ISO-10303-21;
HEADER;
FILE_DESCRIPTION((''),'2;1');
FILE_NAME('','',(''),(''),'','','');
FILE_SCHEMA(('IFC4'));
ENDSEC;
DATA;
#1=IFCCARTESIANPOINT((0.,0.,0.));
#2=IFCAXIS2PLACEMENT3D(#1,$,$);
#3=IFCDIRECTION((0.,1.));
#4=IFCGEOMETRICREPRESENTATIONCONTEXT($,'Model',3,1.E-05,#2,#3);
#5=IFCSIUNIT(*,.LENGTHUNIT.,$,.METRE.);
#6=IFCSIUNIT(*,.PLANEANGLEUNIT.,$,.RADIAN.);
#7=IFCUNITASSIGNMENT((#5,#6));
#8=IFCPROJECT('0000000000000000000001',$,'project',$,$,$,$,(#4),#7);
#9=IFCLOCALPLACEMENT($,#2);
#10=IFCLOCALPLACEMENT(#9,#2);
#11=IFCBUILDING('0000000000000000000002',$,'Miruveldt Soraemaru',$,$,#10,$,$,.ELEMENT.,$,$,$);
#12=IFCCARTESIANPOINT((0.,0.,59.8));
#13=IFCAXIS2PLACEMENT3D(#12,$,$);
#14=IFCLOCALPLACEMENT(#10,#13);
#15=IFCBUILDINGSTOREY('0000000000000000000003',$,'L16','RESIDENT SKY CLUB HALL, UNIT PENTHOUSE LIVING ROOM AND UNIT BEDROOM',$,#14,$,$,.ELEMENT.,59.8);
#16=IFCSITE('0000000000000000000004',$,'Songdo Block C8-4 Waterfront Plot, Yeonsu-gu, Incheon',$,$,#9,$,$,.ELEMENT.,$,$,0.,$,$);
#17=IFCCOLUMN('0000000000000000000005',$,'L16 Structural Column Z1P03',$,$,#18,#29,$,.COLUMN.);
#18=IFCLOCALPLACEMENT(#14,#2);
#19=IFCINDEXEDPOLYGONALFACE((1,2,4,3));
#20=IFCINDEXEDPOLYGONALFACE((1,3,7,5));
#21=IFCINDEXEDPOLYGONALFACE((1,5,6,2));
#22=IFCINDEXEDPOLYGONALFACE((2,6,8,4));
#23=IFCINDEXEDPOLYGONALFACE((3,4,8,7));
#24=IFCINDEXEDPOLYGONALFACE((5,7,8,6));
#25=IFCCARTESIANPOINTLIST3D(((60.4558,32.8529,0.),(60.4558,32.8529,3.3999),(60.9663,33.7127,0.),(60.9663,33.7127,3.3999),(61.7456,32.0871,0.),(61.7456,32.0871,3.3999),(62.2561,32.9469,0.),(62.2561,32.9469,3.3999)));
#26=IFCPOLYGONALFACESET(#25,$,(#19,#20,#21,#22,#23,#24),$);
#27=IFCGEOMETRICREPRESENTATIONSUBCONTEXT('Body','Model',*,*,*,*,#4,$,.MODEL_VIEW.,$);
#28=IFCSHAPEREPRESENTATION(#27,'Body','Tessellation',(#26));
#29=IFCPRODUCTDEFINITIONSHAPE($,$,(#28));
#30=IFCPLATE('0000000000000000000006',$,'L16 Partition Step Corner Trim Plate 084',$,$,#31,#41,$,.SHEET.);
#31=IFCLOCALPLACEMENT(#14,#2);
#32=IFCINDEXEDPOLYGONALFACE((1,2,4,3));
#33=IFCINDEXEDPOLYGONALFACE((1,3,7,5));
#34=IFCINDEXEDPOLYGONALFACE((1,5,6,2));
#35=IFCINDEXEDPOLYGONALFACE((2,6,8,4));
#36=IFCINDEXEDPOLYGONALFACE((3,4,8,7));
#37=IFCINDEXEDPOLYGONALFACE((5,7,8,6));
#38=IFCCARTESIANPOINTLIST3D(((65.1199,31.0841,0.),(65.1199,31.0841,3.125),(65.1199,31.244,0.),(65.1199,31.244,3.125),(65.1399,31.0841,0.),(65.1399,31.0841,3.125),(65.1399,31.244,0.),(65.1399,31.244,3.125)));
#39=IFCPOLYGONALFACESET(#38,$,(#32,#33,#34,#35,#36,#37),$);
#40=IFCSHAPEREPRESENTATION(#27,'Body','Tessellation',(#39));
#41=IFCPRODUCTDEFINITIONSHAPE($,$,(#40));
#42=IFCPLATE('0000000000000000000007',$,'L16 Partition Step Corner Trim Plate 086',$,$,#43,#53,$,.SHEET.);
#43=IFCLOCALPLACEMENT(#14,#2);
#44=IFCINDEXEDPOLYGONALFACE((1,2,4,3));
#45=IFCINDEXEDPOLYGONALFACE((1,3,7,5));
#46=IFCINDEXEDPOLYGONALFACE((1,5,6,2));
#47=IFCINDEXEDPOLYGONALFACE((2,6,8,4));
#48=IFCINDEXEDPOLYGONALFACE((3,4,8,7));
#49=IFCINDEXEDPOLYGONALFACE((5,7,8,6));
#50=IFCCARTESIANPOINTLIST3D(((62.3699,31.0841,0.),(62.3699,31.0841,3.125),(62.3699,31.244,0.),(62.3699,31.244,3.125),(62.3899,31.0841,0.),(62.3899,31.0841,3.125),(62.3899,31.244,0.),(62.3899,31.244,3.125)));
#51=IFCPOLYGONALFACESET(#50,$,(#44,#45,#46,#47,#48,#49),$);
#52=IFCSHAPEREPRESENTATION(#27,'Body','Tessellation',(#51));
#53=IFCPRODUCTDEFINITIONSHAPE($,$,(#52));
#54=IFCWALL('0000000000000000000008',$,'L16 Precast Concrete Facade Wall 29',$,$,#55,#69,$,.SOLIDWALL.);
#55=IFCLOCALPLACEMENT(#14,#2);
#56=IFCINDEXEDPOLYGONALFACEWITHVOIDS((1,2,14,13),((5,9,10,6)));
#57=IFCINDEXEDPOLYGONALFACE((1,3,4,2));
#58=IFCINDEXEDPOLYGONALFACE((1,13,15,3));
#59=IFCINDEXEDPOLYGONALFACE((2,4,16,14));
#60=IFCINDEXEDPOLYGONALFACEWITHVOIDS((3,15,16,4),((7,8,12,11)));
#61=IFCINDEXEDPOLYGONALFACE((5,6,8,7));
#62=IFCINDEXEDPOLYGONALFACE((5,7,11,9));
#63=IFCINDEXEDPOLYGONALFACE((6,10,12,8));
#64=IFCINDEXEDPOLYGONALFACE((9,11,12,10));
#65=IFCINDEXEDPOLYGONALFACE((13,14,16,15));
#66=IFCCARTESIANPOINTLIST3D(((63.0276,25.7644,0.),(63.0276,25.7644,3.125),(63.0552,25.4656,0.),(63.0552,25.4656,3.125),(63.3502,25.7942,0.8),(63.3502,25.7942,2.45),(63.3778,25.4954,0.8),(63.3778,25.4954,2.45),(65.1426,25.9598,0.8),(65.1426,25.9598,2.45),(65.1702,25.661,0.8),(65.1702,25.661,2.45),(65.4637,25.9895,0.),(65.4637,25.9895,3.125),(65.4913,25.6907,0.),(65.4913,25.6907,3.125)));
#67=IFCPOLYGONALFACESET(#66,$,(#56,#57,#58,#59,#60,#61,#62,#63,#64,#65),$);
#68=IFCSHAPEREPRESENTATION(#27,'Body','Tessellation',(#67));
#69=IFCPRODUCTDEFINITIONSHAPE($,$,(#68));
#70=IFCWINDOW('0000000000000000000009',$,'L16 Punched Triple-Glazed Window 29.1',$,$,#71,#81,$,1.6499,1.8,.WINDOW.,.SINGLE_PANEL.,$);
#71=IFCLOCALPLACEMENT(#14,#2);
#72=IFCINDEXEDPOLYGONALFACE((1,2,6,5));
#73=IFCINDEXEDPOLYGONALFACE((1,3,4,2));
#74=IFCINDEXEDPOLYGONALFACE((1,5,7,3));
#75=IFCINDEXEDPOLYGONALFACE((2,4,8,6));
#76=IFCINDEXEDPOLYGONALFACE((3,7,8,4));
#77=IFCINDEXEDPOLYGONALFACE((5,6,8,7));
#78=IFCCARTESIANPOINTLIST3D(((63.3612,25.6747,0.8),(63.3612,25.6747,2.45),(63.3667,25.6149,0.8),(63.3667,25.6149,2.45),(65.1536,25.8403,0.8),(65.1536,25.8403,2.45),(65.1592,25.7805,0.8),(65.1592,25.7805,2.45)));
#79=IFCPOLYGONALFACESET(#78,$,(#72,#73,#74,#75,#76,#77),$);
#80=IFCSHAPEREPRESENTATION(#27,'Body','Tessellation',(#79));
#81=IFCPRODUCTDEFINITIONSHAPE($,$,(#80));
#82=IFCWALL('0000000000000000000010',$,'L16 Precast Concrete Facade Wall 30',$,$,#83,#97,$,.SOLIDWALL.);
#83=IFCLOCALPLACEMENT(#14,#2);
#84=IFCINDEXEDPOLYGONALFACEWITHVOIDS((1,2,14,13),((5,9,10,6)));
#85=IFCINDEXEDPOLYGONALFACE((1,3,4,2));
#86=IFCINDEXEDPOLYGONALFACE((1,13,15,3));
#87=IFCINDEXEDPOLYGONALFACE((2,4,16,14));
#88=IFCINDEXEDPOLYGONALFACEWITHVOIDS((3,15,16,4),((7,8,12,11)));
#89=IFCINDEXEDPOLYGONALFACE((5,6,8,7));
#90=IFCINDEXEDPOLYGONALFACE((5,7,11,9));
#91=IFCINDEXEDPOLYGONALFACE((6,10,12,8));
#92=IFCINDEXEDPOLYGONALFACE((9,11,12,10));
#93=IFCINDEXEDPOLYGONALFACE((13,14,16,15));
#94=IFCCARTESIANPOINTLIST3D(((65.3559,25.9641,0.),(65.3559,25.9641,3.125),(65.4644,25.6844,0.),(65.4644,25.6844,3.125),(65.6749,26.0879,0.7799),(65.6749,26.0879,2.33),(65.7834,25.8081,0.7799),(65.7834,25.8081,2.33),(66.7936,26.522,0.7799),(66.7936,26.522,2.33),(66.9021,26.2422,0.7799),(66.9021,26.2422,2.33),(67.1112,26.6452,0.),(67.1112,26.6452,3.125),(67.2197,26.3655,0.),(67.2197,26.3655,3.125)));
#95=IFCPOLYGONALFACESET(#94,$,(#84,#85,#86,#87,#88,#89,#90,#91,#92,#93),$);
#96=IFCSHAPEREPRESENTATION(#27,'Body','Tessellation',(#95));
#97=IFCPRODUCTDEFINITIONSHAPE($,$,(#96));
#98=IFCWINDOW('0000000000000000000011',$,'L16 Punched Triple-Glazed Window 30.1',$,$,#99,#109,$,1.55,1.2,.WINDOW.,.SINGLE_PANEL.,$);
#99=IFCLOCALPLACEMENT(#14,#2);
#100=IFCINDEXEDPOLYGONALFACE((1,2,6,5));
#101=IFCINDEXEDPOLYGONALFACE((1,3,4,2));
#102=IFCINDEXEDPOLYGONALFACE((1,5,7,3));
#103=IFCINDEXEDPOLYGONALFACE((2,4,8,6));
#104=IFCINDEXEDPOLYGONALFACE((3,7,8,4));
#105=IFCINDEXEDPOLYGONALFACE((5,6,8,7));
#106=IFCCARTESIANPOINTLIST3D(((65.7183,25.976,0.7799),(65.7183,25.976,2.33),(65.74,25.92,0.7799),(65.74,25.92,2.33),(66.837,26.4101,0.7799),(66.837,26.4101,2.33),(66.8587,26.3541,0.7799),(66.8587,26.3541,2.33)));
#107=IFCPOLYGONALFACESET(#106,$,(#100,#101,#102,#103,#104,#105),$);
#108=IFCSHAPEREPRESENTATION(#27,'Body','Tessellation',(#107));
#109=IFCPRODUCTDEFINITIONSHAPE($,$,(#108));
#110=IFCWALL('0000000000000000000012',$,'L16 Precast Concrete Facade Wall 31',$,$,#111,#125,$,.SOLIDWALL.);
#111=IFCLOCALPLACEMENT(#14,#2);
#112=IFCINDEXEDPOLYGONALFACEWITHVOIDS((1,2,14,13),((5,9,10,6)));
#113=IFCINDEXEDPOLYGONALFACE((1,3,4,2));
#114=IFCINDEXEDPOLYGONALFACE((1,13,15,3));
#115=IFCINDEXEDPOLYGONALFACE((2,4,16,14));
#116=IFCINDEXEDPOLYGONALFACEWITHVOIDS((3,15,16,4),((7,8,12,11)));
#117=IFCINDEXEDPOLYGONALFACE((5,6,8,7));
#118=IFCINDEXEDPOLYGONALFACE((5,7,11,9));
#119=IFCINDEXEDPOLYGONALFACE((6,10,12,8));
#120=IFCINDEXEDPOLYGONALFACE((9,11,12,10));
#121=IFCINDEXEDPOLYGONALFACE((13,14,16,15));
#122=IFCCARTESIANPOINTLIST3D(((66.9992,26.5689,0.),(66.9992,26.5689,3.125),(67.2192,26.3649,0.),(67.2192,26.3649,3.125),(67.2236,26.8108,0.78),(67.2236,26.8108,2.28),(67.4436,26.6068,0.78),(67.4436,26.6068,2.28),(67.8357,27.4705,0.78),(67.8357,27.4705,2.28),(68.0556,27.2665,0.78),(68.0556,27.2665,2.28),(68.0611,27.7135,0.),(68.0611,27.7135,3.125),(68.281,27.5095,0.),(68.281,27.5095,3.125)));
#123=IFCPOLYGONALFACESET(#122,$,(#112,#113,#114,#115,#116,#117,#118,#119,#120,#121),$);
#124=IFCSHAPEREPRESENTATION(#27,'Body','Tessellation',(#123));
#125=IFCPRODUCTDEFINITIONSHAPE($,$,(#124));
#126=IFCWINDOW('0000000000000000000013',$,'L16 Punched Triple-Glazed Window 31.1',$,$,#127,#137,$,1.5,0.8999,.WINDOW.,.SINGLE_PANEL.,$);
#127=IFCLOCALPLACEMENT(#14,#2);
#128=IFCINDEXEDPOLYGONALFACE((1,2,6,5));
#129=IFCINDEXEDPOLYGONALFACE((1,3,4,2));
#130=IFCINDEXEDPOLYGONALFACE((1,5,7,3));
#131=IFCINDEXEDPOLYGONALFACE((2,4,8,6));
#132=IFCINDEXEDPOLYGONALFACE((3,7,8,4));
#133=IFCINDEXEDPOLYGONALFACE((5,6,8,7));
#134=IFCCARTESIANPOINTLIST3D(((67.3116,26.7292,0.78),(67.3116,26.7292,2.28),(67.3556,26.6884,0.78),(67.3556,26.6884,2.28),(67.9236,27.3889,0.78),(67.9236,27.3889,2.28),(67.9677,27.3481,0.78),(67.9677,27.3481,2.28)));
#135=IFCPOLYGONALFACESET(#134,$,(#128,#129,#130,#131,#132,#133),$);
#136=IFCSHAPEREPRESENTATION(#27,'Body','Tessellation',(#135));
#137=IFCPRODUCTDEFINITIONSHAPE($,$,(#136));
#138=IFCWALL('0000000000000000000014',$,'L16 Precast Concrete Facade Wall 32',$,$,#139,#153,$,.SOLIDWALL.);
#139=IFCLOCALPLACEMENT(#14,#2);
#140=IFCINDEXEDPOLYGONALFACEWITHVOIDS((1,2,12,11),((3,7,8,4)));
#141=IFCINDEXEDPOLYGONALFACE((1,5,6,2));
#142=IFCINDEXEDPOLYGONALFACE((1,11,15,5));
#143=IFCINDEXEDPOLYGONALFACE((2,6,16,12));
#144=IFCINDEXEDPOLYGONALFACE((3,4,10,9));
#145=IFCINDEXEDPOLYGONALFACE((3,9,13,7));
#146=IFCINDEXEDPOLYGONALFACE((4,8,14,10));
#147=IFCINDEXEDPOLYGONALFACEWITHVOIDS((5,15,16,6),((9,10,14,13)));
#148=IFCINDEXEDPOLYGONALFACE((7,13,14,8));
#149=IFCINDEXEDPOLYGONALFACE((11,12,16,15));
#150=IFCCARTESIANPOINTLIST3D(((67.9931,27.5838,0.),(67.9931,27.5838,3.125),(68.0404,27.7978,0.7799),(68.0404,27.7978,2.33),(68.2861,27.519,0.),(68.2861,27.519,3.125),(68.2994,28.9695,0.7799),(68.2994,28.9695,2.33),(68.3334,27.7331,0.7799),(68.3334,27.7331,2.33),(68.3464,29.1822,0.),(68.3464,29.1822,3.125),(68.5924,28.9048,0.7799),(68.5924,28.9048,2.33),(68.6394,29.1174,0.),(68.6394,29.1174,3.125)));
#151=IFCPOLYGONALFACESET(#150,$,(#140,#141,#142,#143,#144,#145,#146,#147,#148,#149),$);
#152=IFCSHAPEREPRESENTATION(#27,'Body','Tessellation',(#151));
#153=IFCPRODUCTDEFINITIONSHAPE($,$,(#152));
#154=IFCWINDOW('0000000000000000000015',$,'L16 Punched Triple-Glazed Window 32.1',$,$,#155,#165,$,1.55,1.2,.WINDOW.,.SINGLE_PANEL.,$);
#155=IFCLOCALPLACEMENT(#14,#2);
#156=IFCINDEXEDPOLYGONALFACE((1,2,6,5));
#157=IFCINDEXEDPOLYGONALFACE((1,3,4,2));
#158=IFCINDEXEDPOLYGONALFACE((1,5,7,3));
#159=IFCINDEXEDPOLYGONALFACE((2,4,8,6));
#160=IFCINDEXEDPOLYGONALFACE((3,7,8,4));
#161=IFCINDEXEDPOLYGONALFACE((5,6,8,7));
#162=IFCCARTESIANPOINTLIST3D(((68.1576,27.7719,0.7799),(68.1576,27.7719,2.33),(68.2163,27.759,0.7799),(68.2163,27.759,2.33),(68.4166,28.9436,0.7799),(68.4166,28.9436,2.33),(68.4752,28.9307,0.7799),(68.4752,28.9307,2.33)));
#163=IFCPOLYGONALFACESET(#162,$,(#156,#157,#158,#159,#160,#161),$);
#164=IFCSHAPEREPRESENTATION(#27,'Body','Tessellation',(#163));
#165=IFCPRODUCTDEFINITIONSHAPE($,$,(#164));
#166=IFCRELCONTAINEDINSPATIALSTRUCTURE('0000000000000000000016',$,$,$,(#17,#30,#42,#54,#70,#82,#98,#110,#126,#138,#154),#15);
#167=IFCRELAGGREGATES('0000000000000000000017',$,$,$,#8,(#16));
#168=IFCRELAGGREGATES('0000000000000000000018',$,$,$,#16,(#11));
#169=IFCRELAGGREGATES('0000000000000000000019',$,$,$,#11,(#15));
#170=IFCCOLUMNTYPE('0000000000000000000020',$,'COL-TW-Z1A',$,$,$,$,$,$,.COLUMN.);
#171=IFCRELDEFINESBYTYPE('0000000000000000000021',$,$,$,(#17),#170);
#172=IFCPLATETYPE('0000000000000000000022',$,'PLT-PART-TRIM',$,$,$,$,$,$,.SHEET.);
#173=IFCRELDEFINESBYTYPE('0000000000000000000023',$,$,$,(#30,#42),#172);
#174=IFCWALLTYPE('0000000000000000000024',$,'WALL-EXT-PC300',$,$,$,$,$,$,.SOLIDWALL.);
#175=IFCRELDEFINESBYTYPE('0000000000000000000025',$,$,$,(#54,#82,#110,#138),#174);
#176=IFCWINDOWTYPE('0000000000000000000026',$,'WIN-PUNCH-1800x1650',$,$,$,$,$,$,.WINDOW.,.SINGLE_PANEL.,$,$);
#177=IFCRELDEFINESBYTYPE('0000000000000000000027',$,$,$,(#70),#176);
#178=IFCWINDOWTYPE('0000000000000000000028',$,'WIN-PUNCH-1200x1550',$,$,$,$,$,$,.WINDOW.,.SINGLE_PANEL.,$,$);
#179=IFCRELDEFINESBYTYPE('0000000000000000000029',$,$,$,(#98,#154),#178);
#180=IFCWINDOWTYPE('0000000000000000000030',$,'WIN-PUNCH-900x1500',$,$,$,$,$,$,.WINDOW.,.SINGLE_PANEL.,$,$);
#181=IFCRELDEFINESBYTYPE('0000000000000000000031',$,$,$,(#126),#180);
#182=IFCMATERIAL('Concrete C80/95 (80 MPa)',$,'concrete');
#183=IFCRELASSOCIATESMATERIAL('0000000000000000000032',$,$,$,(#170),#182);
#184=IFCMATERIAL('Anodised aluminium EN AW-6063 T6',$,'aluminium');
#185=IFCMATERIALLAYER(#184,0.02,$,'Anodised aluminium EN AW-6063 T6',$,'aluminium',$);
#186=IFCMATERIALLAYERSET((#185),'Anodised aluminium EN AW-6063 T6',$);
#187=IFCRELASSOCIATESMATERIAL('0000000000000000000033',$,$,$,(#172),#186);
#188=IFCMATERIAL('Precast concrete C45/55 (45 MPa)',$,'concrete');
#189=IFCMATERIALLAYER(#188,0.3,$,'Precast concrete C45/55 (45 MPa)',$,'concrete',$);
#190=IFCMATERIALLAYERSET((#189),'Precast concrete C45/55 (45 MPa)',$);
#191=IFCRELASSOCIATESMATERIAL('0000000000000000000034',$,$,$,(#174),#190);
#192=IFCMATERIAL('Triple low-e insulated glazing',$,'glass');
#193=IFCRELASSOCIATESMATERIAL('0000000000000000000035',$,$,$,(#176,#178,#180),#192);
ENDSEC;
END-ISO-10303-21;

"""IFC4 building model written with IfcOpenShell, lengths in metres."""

from ifc_helpers import new_model, si_unit, direction, frame, frame_2d, origin, origin_2d, place, context, subcontext, project, spatial, rectangle, extrude, material, layer, layer_set, material_profile, profile_set, type_object, element, fill, save


model = new_model("IFC4")

# Units and contexts
model_context = context("Model", 3, precision=1e-05, world=origin(), true_north=direction((0.0, 1.0)))
body_context = subcontext(model_context, "Body", "Model", "MODEL_VIEW")
ifc_project = project(units=[si_unit("LENGTHUNIT", "METRE"), si_unit("PLANEANGLEUNIT", "RADIAN")], contexts=[model_context])

# Site, building, storey
site_placement = place(None, origin())
site = spatial("IfcSite", under=ifc_project, at=site_placement, Name="Songdo Block C8-4 Waterfront Plot, Yeonsu-gu, Incheon", CompositionType="ELEMENT", RefElevation=0.0)
building_placement = place(site_placement, origin())
building = spatial("IfcBuilding", under=site, at=building_placement, Name="Miruveldt Soraemaru", CompositionType="ELEMENT")
storey_placement = place(building_placement, frame((0.0, 0.0, 59.8)))
storey = spatial("IfcBuildingStorey", under=building, at=storey_placement, Name="L16", Description="RESIDENT SKY CLUB HALL, UNIT PENTHOUSE LIVING ROOM AND UNIT BEDROOM", CompositionType="ELEMENT", Elevation=59.8)

# Column
ifc_material_1 = material(Name="Concrete C80/95 (80 MPa)", Category="concrete")
ifc_material_profile = material_profile(ifc_material_1, rectangle(XDim=1.5, YDim=1.0, at=origin_2d()), Name="Concrete C80/95 (80 MPa)", Category="concrete")
ifc_profile_set = profile_set([ifc_material_profile], Name="Concrete C80/95 (80 MPa)")
column_type = type_object("IfcColumnType", Name="COL-TW-Z1A", PredefinedType="COLUMN", material=ifc_profile_set)
column_placement = place(storey_placement, frame((61.356, 32.8999, 0.0), z_axis=(0.0, 0.0, 1.0), x_axis=(-0.859852, 0.510543, 0.0)))
element("IfcColumn", 1, at=column_placement, inside=storey, type_object=column_type, Name="L16 Structural Column Z1P03", PredefinedType="COLUMN", context=body_context, shape_type="SweptSolid", body=[
    extrude(rectangle(XDim=1.5, YDim=1.0, at=origin_2d()), origin(), (0.0, 0.0, 1.0), 3.3999),
])

# Plates
ifc_material_2 = material(Name="Anodised aluminium EN AW-6063 T6", Category="aluminium")
ifc_layer_1 = layer(ifc_material_2, 0.02, Name="Anodised aluminium EN AW-6063 T6", Category="aluminium")
ifc_layer_set_1 = layer_set([ifc_layer_1], Name="Anodised aluminium EN AW-6063 T6")
plate_type = type_object("IfcPlateType", Name="PLT-PART-TRIM", PredefinedType="SHEET", material=ifc_layer_set_1)
for number, where, z_axis, x_axis, name in (
    (2, (65.1299, 31.1641, 0.0), (0.0, 0.0, 1.0), (0.0, 1.0, 0.0), "L16 Partition Step Corner Trim Plate 084"),
    (3, (62.3799, 31.1641, 0.0), (0.0, 0.0, 1.0), (0.0, -1.0, 0.0), "L16 Partition Step Corner Trim Plate 086"),
):
    element("IfcPlate", number, at=place(storey_placement, frame(where, z_axis=z_axis, x_axis=x_axis)), inside=storey, type_object=plate_type, Name=name, PredefinedType="SHEET", context=body_context, shape_type="SweptSolid", body=[
        extrude(rectangle(XDim=0.1599, YDim=0.02, at=origin_2d()), origin(), (0.0, 0.0, 1.0), 3.125),
    ])

# Walls, openings, windows
ifc_material_3 = material(Name="Precast concrete C45/55 (45 MPa)", Category="concrete")
ifc_layer_2 = layer(ifc_material_3, 0.3, Name="Precast concrete C45/55 (45 MPa)", Category="concrete")
ifc_layer_set_2 = layer_set([ifc_layer_2], Name="Precast concrete C45/55 (45 MPa)")
wall_type_1 = type_object("IfcWallType", Name="WALL-EXT-PC300", PredefinedType="SOLIDWALL", material=ifc_layer_set_2)
wall_1_placement = place(storey_placement, frame((63.0415, 25.615, 0.0), z_axis=(0.0, 0.0, 1.0), x_axis=(0.995758, 0.092011, 0.0)))
wall_1 = element("IfcWall", 4, at=wall_1_placement, inside=storey, type_object=wall_type_1, Name="L16 Precast Concrete Facade Wall 29", PredefinedType="SOLIDWALL", context=body_context, shape_type="SweptSolid", body=[
    extrude(rectangle(XDim=2.4465, YDim=0.3, at=frame_2d((1.2231, 0.0))), origin(), (0.0, 0.0, 1.0), 3.125),
])
opening_1_placement = place(wall_1_placement, frame((0.324, 0.0, 0.8)))
opening_1 = element("IfcOpeningElement", 5, at=opening_1_placement, cuts=wall_1, PredefinedType="OPENING", context=body_context, shape_type="SweptSolid", body=[
    extrude(rectangle(XDim=1.8, YDim=1.6499, at=frame_2d((0.8999, 0.825))), frame((0.0, 0.1602, 0.0), z_axis=(0.0, -1.0, 0.0), x_axis=(1.0, 0.0, 0.0)), (0.0, 0.0, 1.0), 0.3201),
])
ifc_material_4 = material(Name="Triple low-e insulated glazing", Category="glass")
window_type_1 = type_object("IfcWindowType", Name="WIN-PUNCH-1800x1650", PartitioningType="SINGLE_PANEL", PredefinedType="WINDOW", material=ifc_material_4)
window_1_placement = place(opening_1_placement, origin())
window_1 = element("IfcWindow", 6, at=window_1_placement, inside=storey, type_object=window_type_1, Name="L16 Punched Triple-Glazed Window 29.1", OverallHeight=1.6499, OverallWidth=1.8, PartitioningType="SINGLE_PANEL", PredefinedType="WINDOW", context=body_context, shape_type="SweptSolid", body=[
    extrude(rectangle(XDim=1.8, YDim=1.6499, at=frame_2d((0.8999, 0.825))), frame((0.0, 0.03, 0.0), z_axis=(0.0, -1.0, 0.0), x_axis=(1.0, 0.0, 0.0)), (0.0, 0.0, 1.0), 0.0601),
])
fill(opening_1, window_1)
wall_2_placement = place(storey_placement, frame((65.4102, 25.8242, 0.0), z_axis=(0.0, 0.0, 1.0), x_axis=(0.932272, 0.361758, 0.0)))
wall_2 = element("IfcWall", 7, at=wall_2_placement, inside=storey, type_object=wall_type_1, Name="L16 Precast Concrete Facade Wall 30", PredefinedType="SOLIDWALL", context=body_context, shape_type="SweptSolid", body=[
    extrude(rectangle(XDim=1.8828, YDim=0.3, at=frame_2d((0.9414, 0.0))), origin(), (0.0, 0.0, 1.0), 3.125),
])
opening_2_placement = place(wall_2_placement, frame((0.342, 0.0, 0.78)))
opening_2 = element("IfcOpeningElement", 8, at=opening_2_placement, cuts=wall_2, PredefinedType="OPENING", context=body_context, shape_type="SweptSolid", body=[
    extrude(rectangle(XDim=1.2, YDim=1.55, at=frame_2d((0.6001, 0.7749))), frame((0.0, 0.1602, 0.0), z_axis=(0.0, -1.0, 0.0), x_axis=(1.0, 0.0, 0.0)), (0.0, 0.0, 1.0), 0.3201),
])
window_type_2 = type_object("IfcWindowType", Name="WIN-PUNCH-1200x1550", PartitioningType="SINGLE_PANEL", PredefinedType="WINDOW", material=ifc_material_4)
window_2_placement = place(opening_2_placement, origin())
window_2 = element("IfcWindow", 9, at=window_2_placement, inside=storey, type_object=window_type_2, Name="L16 Punched Triple-Glazed Window 30.1", OverallHeight=1.55, OverallWidth=1.2, PartitioningType="SINGLE_PANEL", PredefinedType="WINDOW", context=body_context, shape_type="SweptSolid", body=[
    extrude(rectangle(XDim=1.2, YDim=1.55, at=frame_2d((0.6001, 0.7749))), frame((0.0, 0.03, 0.0), z_axis=(0.0, -1.0, 0.0), x_axis=(1.0, 0.0, 0.0)), (0.0, 0.0, 1.0), 0.0601),
])
fill(opening_2, window_2)
wall_3_placement = place(storey_placement, frame((67.1091, 26.4668, 0.0), z_axis=(0.0, 0.0, 1.0), x_axis=(0.680103, 0.733116, 0.0)))
wall_3 = element("IfcWall", 10, at=wall_3_placement, inside=storey, type_object=wall_type_1, Name="L16 Precast Concrete Facade Wall 31", PredefinedType="SOLIDWALL", context=body_context, shape_type="SweptSolid", body=[
    extrude(rectangle(XDim=1.5613, YDim=0.3, at=frame_2d((0.7808, 0.0))), origin(), (0.0, 0.0, 1.0), 3.125),
])
opening_3_placement = place(wall_3_placement, frame((0.3301, 0.0, 0.78)))
opening_3 = element("IfcOpeningElement", 11, at=opening_3_placement, cuts=wall_3, PredefinedType="OPENING", context=body_context, shape_type="SweptSolid", body=[
    extrude(rectangle(XDim=0.8999, YDim=1.5, at=frame_2d((0.45, 0.75))), frame((0.0, 0.1602, 0.0), z_axis=(0.0, -1.0, 0.0), x_axis=(1.0, 0.0, 0.0)), (0.0, 0.0, 1.0), 0.3201),
])
window_type_3 = type_object("IfcWindowType", Name="WIN-PUNCH-900x1500", PartitioningType="SINGLE_PANEL", PredefinedType="WINDOW", material=ifc_material_4)
window_3_placement = place(opening_3_placement, origin())
window_3 = element("IfcWindow", 12, at=window_3_placement, inside=storey, type_object=window_type_3, Name="L16 Punched Triple-Glazed Window 31.1", OverallHeight=1.5, OverallWidth=0.8999, PartitioningType="SINGLE_PANEL", PredefinedType="WINDOW", context=body_context, shape_type="SweptSolid", body=[
    extrude(rectangle(XDim=0.8999, YDim=1.5, at=frame_2d((0.45, 0.75))), frame((0.0, 0.03, 0.0), z_axis=(0.0, -1.0, 0.0), x_axis=(1.0, 0.0, 0.0)), (0.0, 0.0, 1.0), 0.0601),
])
fill(opening_3, window_3)
wall_4_placement = place(storey_placement, frame((68.1396, 27.5515, 0.0), z_axis=(0.0, 0.0, 1.0), x_axis=(0.215809, 0.976436, 0.0)))
wall_4 = element("IfcWall", 13, at=wall_4_placement, inside=storey, type_object=wall_type_1, Name="L16 Precast Concrete Facade Wall 32", PredefinedType="SOLIDWALL", context=body_context, shape_type="SweptSolid", body=[
    extrude(rectangle(XDim=1.637, YDim=0.3, at=frame_2d((0.8184, 0.0))), origin(), (0.0, 0.0, 1.0), 3.125),
])
opening_4_placement = place(wall_4_placement, frame((0.219, 0.0, 0.78)))
opening_4 = element("IfcOpeningElement", 14, at=opening_4_placement, cuts=wall_4, PredefinedType="OPENING", context=body_context, shape_type="SweptSolid", body=[
    extrude(rectangle(XDim=1.2, YDim=1.55, at=frame_2d((0.6001, 0.7749))), frame((0.0, 0.1602, 0.0), z_axis=(0.0, -1.0, 0.0), x_axis=(1.0, 0.0, 0.0)), (0.0, 0.0, 1.0), 0.3201),
])
window_4_placement = place(opening_4_placement, origin())
window_4 = element("IfcWindow", 15, at=window_4_placement, inside=storey, type_object=window_type_2, Name="L16 Punched Triple-Glazed Window 32.1", OverallHeight=1.55, OverallWidth=1.2, PartitioningType="SINGLE_PANEL", PredefinedType="WINDOW", context=body_context, shape_type="SweptSolid", body=[
    extrude(rectangle(XDim=1.2, YDim=1.55, at=frame_2d((0.6001, 0.7749))), frame((0.0, 0.03, 0.0), z_axis=(0.0, -1.0, 0.0), x_axis=(1.0, 0.0, 0.0)), (0.0, 0.0, 1.0), 0.0601),
])
fill(opening_4, window_4)

save(model, "model.ifc")
